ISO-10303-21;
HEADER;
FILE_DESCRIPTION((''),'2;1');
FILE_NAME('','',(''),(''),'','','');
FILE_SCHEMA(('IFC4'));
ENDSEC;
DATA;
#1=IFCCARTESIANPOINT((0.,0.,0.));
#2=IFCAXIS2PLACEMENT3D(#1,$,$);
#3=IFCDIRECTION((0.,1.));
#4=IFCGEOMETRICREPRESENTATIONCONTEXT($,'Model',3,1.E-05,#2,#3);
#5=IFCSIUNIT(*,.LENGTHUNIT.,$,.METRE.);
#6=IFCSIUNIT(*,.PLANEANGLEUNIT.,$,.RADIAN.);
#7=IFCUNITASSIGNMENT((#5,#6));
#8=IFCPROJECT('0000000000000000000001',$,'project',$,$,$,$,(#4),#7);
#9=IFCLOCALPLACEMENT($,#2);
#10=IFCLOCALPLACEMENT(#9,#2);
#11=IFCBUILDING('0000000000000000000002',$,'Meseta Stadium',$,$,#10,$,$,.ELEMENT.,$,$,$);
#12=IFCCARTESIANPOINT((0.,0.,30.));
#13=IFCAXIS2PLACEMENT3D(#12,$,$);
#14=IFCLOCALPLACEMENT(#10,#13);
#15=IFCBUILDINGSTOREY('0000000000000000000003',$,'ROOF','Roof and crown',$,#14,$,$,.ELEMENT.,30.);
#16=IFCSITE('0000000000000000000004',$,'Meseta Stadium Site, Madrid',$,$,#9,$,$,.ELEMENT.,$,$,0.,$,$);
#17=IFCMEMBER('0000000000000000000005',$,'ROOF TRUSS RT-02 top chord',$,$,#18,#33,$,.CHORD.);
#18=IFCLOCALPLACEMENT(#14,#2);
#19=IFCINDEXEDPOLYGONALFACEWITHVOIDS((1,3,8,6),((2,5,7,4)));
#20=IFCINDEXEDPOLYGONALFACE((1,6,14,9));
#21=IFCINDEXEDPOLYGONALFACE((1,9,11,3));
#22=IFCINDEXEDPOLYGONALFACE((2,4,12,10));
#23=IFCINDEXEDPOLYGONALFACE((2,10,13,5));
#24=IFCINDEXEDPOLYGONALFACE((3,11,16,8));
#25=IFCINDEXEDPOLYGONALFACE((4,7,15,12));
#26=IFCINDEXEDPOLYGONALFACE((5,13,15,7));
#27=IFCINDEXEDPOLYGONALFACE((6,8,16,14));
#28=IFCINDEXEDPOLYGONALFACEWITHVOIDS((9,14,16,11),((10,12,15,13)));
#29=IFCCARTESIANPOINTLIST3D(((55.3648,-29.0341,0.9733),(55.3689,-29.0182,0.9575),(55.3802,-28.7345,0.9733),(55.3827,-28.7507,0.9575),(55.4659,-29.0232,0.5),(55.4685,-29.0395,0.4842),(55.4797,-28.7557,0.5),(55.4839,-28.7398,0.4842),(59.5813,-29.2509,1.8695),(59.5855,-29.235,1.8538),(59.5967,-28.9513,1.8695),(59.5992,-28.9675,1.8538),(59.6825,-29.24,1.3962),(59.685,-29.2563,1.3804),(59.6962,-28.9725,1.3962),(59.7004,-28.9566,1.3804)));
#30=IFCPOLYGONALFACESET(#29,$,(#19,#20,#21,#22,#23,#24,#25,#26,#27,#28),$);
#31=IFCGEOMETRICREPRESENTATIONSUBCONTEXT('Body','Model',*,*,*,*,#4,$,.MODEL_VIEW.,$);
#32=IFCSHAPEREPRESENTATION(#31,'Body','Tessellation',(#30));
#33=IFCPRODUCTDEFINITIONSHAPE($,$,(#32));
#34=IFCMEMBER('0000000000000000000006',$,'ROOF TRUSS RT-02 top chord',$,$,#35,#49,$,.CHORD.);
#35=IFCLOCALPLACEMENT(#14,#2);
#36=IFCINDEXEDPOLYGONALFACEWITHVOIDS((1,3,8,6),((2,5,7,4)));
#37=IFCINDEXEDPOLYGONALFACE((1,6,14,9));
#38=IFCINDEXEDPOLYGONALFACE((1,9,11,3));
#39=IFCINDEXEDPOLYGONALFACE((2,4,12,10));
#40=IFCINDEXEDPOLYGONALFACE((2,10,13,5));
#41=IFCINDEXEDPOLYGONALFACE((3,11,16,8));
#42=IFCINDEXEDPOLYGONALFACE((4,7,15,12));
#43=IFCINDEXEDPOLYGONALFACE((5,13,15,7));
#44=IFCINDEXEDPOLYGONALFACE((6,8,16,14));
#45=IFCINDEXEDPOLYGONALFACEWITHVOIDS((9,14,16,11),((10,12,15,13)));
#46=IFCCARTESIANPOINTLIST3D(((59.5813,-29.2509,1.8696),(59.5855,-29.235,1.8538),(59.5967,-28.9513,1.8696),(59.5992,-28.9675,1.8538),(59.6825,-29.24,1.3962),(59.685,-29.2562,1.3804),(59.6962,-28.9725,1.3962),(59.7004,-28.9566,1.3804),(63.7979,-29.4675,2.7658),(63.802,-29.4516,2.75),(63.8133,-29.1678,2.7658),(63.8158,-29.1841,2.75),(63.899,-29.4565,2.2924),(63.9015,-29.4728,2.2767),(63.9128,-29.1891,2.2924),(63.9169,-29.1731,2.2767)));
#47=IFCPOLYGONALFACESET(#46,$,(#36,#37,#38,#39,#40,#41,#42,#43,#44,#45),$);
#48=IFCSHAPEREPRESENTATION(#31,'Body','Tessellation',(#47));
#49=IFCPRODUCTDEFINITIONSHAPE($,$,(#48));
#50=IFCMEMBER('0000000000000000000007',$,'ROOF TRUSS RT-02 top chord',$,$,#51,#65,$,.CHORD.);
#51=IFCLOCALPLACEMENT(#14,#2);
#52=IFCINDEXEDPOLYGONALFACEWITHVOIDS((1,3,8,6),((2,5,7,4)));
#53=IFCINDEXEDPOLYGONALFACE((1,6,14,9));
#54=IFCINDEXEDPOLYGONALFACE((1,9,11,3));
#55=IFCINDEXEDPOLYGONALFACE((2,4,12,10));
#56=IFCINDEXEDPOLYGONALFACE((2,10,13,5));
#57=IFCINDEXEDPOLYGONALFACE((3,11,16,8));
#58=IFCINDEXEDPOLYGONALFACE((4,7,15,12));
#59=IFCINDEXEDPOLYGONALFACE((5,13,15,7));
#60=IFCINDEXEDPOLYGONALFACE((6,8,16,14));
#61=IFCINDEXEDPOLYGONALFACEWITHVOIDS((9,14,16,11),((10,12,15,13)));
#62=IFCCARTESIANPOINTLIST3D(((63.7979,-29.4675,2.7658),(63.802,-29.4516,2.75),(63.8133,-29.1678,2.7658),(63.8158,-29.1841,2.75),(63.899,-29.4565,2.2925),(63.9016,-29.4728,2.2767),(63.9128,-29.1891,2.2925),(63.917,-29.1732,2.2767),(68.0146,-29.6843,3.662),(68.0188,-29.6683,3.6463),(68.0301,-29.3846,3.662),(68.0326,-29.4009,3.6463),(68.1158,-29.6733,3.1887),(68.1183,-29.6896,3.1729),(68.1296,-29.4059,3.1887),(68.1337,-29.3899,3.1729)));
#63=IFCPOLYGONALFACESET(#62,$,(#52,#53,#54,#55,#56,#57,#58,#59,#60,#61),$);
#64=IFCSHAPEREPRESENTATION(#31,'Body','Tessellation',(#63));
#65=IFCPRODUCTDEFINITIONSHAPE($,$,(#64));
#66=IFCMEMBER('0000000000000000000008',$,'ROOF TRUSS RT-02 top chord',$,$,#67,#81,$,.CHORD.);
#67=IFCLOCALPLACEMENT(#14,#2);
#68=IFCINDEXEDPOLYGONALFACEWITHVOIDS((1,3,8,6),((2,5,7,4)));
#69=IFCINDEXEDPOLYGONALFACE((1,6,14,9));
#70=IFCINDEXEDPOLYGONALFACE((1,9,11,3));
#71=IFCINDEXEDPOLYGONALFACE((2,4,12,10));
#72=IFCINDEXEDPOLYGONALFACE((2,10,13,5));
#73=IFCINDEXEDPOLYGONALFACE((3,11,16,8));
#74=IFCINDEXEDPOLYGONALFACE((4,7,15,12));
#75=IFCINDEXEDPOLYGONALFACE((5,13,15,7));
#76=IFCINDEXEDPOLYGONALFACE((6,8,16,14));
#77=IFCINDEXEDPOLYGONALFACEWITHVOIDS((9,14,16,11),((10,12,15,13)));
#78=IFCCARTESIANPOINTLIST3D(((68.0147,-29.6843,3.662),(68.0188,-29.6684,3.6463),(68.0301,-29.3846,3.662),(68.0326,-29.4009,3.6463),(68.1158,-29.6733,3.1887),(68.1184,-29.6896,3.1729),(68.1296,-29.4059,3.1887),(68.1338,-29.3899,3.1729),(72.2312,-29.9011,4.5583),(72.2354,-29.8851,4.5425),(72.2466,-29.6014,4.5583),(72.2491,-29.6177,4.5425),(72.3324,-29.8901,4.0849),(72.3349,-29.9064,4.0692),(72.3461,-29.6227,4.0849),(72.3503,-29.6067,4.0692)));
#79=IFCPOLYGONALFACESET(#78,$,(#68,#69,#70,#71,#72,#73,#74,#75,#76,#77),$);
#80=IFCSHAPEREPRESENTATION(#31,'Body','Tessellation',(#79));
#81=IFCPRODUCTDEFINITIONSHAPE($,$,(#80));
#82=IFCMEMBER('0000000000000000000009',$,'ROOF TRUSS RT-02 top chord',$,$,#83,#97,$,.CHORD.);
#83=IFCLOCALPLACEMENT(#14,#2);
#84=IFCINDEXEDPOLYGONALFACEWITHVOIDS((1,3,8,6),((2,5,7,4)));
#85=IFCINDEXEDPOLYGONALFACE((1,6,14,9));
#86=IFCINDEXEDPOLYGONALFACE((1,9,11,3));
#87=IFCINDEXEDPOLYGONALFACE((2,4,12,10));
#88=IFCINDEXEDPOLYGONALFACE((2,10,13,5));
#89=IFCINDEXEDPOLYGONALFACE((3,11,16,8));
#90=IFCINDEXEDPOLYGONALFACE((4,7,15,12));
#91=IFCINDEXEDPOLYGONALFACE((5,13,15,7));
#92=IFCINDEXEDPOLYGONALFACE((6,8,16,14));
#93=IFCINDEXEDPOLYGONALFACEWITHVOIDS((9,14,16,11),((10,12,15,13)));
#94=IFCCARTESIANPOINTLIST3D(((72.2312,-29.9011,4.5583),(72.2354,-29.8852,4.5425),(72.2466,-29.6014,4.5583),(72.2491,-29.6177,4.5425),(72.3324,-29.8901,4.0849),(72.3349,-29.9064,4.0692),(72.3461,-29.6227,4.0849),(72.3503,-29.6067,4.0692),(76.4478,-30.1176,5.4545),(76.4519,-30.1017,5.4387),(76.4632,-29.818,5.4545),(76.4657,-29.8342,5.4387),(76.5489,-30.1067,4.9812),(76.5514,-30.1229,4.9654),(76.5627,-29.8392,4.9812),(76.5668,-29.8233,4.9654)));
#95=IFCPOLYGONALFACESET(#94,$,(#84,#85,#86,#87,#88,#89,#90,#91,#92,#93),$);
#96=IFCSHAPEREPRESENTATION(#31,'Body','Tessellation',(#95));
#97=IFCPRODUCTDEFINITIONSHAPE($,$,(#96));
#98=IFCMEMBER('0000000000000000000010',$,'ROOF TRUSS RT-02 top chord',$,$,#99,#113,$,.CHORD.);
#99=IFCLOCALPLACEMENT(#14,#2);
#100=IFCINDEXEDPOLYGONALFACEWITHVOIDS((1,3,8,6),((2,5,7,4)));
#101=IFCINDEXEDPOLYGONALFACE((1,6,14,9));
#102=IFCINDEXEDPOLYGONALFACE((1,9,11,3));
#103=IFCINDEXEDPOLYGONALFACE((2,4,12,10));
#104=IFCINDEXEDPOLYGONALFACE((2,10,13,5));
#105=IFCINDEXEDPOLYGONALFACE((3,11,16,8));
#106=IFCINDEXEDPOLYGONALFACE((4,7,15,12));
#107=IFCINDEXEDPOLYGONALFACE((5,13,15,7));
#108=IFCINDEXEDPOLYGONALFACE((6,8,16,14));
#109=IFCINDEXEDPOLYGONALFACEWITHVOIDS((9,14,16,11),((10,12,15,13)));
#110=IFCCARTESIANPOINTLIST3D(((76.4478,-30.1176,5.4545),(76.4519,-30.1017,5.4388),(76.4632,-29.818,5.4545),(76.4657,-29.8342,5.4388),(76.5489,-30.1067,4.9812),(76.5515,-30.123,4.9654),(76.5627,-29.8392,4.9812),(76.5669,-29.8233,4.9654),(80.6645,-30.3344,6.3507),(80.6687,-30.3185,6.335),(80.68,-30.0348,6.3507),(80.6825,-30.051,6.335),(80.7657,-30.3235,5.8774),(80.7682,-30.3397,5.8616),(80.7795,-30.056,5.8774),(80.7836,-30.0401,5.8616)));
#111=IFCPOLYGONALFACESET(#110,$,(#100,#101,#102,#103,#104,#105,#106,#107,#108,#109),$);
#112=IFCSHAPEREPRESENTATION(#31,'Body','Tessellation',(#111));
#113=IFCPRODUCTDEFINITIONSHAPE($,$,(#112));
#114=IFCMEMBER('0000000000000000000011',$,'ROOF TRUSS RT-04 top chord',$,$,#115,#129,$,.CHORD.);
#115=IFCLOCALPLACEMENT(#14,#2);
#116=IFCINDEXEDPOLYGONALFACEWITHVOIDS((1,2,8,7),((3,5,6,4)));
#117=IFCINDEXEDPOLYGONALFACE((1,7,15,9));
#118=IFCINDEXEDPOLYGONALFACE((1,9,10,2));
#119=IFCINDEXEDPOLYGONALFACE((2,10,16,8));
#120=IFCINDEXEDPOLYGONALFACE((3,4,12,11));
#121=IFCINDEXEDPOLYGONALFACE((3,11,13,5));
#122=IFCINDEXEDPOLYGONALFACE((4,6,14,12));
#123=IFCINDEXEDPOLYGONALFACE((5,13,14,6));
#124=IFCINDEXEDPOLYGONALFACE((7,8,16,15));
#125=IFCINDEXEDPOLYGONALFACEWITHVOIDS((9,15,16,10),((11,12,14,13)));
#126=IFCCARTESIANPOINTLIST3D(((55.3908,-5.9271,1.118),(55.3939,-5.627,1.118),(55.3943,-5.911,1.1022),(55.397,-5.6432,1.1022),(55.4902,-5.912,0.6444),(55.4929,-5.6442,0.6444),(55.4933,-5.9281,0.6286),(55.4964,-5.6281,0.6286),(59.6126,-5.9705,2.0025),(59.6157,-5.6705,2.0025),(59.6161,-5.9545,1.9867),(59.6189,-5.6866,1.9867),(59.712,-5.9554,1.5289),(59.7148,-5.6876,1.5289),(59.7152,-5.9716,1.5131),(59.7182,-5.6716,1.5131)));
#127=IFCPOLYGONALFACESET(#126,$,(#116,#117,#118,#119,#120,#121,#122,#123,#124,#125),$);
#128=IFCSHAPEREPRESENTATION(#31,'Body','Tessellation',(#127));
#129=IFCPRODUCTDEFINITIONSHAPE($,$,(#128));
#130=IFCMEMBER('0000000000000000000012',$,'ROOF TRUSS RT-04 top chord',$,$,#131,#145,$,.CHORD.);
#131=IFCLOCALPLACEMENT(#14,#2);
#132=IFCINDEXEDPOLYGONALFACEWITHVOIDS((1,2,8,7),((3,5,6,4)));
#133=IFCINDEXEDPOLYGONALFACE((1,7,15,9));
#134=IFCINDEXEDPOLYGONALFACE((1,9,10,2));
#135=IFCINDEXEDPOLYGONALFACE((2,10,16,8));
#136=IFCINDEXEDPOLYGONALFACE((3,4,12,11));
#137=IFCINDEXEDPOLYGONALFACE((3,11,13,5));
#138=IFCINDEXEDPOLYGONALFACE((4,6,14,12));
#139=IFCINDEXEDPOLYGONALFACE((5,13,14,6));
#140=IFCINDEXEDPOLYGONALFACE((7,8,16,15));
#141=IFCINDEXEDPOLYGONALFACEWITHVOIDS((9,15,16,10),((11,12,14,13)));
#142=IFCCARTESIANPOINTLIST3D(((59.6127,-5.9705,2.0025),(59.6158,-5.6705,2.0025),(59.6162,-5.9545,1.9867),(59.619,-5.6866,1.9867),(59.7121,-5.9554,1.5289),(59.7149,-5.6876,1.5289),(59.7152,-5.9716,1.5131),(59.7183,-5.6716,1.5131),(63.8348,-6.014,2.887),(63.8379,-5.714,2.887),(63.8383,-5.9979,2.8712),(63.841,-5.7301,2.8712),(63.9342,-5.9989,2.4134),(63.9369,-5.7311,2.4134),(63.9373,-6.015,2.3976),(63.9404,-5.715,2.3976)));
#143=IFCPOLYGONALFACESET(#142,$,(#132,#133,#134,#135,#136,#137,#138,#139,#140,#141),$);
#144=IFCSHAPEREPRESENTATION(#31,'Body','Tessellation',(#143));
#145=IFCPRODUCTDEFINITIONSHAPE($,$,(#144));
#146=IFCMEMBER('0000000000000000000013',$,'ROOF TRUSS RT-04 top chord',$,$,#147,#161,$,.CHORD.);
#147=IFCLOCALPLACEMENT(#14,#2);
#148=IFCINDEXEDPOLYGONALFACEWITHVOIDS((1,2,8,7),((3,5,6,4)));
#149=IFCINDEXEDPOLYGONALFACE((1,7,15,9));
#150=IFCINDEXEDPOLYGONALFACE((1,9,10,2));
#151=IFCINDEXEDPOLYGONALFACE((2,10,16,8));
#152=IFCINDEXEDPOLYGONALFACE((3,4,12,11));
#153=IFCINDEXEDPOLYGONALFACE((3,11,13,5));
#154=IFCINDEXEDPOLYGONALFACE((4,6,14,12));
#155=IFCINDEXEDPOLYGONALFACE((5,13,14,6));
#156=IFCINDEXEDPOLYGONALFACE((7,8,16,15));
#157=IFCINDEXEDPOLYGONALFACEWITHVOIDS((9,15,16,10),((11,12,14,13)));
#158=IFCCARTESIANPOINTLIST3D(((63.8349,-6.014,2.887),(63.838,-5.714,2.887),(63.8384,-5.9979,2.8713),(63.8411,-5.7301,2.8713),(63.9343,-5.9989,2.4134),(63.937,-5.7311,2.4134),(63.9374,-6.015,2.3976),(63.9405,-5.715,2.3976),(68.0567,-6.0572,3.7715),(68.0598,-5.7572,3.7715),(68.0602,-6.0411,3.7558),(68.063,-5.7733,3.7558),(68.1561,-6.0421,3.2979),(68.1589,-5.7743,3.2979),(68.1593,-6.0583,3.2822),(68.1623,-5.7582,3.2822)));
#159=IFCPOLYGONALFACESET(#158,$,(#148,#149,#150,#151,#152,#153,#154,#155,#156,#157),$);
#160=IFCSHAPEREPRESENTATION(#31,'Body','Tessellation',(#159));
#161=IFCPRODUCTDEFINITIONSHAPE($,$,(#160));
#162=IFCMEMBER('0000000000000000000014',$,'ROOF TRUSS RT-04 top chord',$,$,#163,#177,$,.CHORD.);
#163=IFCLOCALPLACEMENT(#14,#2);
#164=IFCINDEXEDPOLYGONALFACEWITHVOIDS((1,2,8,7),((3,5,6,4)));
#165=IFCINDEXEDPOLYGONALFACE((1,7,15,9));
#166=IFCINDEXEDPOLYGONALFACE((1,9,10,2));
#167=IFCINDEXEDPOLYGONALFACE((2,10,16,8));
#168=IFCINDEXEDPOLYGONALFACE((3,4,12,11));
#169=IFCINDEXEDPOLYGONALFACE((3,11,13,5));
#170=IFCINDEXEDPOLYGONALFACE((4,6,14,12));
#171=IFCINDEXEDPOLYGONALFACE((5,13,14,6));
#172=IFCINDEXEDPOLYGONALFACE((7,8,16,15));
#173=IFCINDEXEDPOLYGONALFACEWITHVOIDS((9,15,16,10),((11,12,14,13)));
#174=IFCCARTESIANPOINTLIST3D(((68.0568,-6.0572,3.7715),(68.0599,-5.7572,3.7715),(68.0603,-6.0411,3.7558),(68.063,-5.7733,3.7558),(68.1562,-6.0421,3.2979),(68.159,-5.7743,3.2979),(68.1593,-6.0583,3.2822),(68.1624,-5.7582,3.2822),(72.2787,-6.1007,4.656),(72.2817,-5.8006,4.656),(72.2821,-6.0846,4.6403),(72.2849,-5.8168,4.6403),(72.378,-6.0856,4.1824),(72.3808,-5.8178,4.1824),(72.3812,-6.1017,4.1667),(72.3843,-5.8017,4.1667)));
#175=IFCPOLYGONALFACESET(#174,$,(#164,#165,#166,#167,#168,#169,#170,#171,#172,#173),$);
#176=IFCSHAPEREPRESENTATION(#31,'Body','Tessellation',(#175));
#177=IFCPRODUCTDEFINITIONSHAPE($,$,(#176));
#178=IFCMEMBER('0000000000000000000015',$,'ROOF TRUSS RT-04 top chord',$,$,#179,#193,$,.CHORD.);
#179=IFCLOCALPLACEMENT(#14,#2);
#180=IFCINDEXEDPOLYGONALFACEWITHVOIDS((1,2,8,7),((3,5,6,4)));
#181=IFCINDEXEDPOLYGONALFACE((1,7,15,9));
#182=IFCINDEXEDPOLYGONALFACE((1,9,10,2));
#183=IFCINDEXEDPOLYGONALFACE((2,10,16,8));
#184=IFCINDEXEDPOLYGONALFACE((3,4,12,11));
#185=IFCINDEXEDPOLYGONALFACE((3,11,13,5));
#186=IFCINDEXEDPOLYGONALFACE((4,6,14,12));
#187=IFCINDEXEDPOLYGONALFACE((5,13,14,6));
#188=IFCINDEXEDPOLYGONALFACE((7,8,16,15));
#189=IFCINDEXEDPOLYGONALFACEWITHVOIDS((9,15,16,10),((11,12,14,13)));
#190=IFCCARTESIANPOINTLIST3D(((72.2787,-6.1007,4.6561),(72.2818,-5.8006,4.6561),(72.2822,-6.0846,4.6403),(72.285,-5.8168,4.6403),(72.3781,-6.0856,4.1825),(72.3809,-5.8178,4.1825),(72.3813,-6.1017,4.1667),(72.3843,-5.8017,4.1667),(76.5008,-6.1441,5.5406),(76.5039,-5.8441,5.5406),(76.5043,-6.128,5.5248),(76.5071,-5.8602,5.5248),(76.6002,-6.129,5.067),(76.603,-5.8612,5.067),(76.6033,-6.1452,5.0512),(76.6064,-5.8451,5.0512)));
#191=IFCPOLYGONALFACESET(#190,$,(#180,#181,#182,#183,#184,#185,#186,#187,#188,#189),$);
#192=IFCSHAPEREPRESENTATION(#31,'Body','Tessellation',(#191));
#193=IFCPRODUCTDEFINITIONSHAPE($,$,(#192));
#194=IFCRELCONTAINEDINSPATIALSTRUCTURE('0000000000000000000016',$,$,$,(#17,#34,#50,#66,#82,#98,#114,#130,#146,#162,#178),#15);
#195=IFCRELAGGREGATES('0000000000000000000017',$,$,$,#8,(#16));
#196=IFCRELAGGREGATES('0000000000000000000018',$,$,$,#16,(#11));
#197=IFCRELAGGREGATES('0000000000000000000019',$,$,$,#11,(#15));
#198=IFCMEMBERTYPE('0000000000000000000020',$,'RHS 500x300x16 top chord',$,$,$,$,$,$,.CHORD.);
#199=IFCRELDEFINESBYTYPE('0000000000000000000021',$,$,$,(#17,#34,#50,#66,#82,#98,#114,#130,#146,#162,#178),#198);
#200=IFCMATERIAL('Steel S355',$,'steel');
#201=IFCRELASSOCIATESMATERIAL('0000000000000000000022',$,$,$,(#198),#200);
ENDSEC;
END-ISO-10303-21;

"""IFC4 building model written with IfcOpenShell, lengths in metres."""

from ifc_helpers import new_model, si_unit, direction, frame, origin, origin_2d, place, context, subcontext, project, spatial, hollow_rectangle, extrude, material, material_profile, profile_set, type_object, element, save


model = new_model("IFC4")

# Units and contexts
model_context = context("Model", 3, precision=1e-05, world=origin(), true_north=direction((0.0, 1.0)))
body_context = subcontext(model_context, "Body", "Model", "MODEL_VIEW")
ifc_project = project(units=[si_unit("LENGTHUNIT", "METRE"), si_unit("PLANEANGLEUNIT", "RADIAN")], contexts=[model_context])

# Site, building, storey
site_placement = place(None, origin())
site = spatial("IfcSite", under=ifc_project, at=site_placement, Name="Meseta Stadium Site, Madrid", CompositionType="ELEMENT", RefElevation=0.0)
building_placement = place(site_placement, origin())
building = spatial("IfcBuilding", under=site, at=building_placement, Name="Meseta Stadium", CompositionType="ELEMENT")
storey_placement = place(building_placement, frame((0.0, 0.0, 30.0)))
storey = spatial("IfcBuildingStorey", under=building, at=storey_placement, Name="ROOF", Description="Roof and crown", CompositionType="ELEMENT", Elevation=30.0)

# Members
ifc_material_1 = material(Name="Steel S355", Category="steel")
ifc_material_profile_1 = material_profile(ifc_material_1, hollow_rectangle(XDim=0.3, YDim=0.5, WallThickness=0.0161, at=origin_2d()), Name="RHS 500x300x16")
ifc_profile_set_1 = profile_set([ifc_material_profile_1], Name="Steel S355")
member_type = type_object("IfcMemberType", Name="RHS 500x300x16 top chord", PredefinedType="CHORD", material=ifc_profile_set_1)
for number, where, z_axis, x_axis, name in (
    (1, (55.4243, -28.887, 0.7288), (0.976914, -0.050229, 0.207646), (0.051348, 0.998681, 0.0), "ROOF TRUSS RT-02 top chord"),
    (2, (59.6409, -29.1038, 1.625), (0.976916, -0.050172, 0.207646), (0.05129, 0.998684, 0.0), "ROOF TRUSS RT-02 top chord"),
):
    element("IfcMember", number, at=place(storey_placement, frame(where, z_axis=z_axis, x_axis=x_axis)), inside=storey, type_object=member_type, Name=name, PredefinedType="CHORD", context=body_context, shape_type="SweptSolid", body=[
        extrude(hollow_rectangle(XDim=0.3, YDim=0.5, WallThickness=0.0161, at=origin_2d()), origin(), (0.0, 0.0, 1.0), 4.3162),
    ])
member_1_placement = place(storey_placement, frame((63.8574, -29.3203, 2.5212), z_axis=(0.976916, -0.050226, 0.207634), x_axis=(0.051345, 0.998681, 0.0)))
element("IfcMember", 3, at=member_1_placement, inside=storey, type_object=member_type, Name="ROOF TRUSS RT-02 top chord", PredefinedType="CHORD", context=body_context, shape_type="SweptSolid", body=[
    extrude(hollow_rectangle(XDim=0.3, YDim=0.5, WallThickness=0.0161, at=origin_2d()), origin(), (0.0, 0.0, 1.0), 4.3164),
])
for number, where, z_axis, x_axis, name in (
    (4, (68.0742, -29.5371, 3.4175), (0.976914, -0.050229, 0.207646), (0.051348, 0.998681, 0.0), "ROOF TRUSS RT-02 top chord"),
    (5, (72.2908, -29.7539, 4.3137), (0.976916, -0.050172, 0.207646), (0.05129, 0.998684, 0.0), "ROOF TRUSS RT-02 top chord"),
):
    element("IfcMember", number, at=place(storey_placement, frame(where, z_axis=z_axis, x_axis=x_axis)), inside=storey, type_object=member_type, Name=name, PredefinedType="CHORD", context=body_context, shape_type="SweptSolid", body=[
        extrude(hollow_rectangle(XDim=0.3, YDim=0.5, WallThickness=0.0161, at=origin_2d()), origin(), (0.0, 0.0, 1.0), 4.3162),
    ])
member_2_placement = place(storey_placement, frame((76.5073, -29.9705, 5.21), z_axis=(0.976916, -0.050226, 0.207634), x_axis=(0.051345, 0.998681, 0.0)))
element("IfcMember", 6, at=member_2_placement, inside=storey, type_object=member_type, Name="ROOF TRUSS RT-02 top chord", PredefinedType="CHORD", context=body_context, shape_type="SweptSolid", body=[
    extrude(hollow_rectangle(XDim=0.3, YDim=0.5, WallThickness=0.0161, at=origin_2d()), origin(), (0.0, 0.0, 1.0), 4.3164),
])
member_3_placement = place(storey_placement, frame((55.4436, -5.7776, 0.8733), z_axis=(0.978701, -0.010074, 0.205044), x_axis=(0.010293, 0.999947, 0.0)))
element("IfcMember", 7, at=member_3_placement, inside=storey, type_object=member_type, Name="ROOF TRUSS RT-04 top chord", PredefinedType="CHORD", context=body_context, shape_type="SweptSolid", body=[
    extrude(hollow_rectangle(XDim=0.3, YDim=0.5, WallThickness=0.0161, at=origin_2d()), origin(), (0.0, 0.0, 1.0), 4.3137),
])
member_4_placement = place(storey_placement, frame((59.6655, -5.821, 1.7578), z_axis=(0.978703, -0.010073, 0.205033), x_axis=(0.010292, 0.999947, 0.0)))
element("IfcMember", 8, at=member_4_placement, inside=storey, type_object=member_type, Name="ROOF TRUSS RT-04 top chord", PredefinedType="CHORD", context=body_context, shape_type="SweptSolid", body=[
    extrude(hollow_rectangle(XDim=0.3, YDim=0.5, WallThickness=0.0161, at=origin_2d()), origin(), (0.0, 0.0, 1.0), 4.314),
])
for number, where, z_axis, x_axis, name in (
    (9, (63.8877, -5.8645, 2.6423), (0.978701, -0.010017, 0.205045), (0.010235, 0.999948, 0.0), "ROOF TRUSS RT-04 top chord"),
    (10, (68.1096, -5.9077, 3.5269), (0.978701, -0.010074, 0.205044), (0.010293, 0.999947, 0.0), "ROOF TRUSS RT-04 top chord"),
):
    element("IfcMember", number, at=place(storey_placement, frame(where, z_axis=z_axis, x_axis=x_axis)), inside=storey, type_object=member_type, Name=name, PredefinedType="CHORD", context=body_context, shape_type="SweptSolid", body=[
        extrude(hollow_rectangle(XDim=0.3, YDim=0.5, WallThickness=0.0161, at=origin_2d()), origin(), (0.0, 0.0, 1.0), 4.3137),
    ])
member_5_placement = place(storey_placement, frame((72.3315, -5.9512, 4.4114), z_axis=(0.978703, -0.010073, 0.205033), x_axis=(0.010292, 0.999947, 0.0)))
element("IfcMember", 11, at=member_5_placement, inside=storey, type_object=member_type, Name="ROOF TRUSS RT-04 top chord", PredefinedType="CHORD", context=body_context, shape_type="SweptSolid", body=[
    extrude(hollow_rectangle(XDim=0.3, YDim=0.5, WallThickness=0.0161, at=origin_2d()), origin(), (0.0, 0.0, 1.0), 4.314),
])

save(model, "model.ifc")
